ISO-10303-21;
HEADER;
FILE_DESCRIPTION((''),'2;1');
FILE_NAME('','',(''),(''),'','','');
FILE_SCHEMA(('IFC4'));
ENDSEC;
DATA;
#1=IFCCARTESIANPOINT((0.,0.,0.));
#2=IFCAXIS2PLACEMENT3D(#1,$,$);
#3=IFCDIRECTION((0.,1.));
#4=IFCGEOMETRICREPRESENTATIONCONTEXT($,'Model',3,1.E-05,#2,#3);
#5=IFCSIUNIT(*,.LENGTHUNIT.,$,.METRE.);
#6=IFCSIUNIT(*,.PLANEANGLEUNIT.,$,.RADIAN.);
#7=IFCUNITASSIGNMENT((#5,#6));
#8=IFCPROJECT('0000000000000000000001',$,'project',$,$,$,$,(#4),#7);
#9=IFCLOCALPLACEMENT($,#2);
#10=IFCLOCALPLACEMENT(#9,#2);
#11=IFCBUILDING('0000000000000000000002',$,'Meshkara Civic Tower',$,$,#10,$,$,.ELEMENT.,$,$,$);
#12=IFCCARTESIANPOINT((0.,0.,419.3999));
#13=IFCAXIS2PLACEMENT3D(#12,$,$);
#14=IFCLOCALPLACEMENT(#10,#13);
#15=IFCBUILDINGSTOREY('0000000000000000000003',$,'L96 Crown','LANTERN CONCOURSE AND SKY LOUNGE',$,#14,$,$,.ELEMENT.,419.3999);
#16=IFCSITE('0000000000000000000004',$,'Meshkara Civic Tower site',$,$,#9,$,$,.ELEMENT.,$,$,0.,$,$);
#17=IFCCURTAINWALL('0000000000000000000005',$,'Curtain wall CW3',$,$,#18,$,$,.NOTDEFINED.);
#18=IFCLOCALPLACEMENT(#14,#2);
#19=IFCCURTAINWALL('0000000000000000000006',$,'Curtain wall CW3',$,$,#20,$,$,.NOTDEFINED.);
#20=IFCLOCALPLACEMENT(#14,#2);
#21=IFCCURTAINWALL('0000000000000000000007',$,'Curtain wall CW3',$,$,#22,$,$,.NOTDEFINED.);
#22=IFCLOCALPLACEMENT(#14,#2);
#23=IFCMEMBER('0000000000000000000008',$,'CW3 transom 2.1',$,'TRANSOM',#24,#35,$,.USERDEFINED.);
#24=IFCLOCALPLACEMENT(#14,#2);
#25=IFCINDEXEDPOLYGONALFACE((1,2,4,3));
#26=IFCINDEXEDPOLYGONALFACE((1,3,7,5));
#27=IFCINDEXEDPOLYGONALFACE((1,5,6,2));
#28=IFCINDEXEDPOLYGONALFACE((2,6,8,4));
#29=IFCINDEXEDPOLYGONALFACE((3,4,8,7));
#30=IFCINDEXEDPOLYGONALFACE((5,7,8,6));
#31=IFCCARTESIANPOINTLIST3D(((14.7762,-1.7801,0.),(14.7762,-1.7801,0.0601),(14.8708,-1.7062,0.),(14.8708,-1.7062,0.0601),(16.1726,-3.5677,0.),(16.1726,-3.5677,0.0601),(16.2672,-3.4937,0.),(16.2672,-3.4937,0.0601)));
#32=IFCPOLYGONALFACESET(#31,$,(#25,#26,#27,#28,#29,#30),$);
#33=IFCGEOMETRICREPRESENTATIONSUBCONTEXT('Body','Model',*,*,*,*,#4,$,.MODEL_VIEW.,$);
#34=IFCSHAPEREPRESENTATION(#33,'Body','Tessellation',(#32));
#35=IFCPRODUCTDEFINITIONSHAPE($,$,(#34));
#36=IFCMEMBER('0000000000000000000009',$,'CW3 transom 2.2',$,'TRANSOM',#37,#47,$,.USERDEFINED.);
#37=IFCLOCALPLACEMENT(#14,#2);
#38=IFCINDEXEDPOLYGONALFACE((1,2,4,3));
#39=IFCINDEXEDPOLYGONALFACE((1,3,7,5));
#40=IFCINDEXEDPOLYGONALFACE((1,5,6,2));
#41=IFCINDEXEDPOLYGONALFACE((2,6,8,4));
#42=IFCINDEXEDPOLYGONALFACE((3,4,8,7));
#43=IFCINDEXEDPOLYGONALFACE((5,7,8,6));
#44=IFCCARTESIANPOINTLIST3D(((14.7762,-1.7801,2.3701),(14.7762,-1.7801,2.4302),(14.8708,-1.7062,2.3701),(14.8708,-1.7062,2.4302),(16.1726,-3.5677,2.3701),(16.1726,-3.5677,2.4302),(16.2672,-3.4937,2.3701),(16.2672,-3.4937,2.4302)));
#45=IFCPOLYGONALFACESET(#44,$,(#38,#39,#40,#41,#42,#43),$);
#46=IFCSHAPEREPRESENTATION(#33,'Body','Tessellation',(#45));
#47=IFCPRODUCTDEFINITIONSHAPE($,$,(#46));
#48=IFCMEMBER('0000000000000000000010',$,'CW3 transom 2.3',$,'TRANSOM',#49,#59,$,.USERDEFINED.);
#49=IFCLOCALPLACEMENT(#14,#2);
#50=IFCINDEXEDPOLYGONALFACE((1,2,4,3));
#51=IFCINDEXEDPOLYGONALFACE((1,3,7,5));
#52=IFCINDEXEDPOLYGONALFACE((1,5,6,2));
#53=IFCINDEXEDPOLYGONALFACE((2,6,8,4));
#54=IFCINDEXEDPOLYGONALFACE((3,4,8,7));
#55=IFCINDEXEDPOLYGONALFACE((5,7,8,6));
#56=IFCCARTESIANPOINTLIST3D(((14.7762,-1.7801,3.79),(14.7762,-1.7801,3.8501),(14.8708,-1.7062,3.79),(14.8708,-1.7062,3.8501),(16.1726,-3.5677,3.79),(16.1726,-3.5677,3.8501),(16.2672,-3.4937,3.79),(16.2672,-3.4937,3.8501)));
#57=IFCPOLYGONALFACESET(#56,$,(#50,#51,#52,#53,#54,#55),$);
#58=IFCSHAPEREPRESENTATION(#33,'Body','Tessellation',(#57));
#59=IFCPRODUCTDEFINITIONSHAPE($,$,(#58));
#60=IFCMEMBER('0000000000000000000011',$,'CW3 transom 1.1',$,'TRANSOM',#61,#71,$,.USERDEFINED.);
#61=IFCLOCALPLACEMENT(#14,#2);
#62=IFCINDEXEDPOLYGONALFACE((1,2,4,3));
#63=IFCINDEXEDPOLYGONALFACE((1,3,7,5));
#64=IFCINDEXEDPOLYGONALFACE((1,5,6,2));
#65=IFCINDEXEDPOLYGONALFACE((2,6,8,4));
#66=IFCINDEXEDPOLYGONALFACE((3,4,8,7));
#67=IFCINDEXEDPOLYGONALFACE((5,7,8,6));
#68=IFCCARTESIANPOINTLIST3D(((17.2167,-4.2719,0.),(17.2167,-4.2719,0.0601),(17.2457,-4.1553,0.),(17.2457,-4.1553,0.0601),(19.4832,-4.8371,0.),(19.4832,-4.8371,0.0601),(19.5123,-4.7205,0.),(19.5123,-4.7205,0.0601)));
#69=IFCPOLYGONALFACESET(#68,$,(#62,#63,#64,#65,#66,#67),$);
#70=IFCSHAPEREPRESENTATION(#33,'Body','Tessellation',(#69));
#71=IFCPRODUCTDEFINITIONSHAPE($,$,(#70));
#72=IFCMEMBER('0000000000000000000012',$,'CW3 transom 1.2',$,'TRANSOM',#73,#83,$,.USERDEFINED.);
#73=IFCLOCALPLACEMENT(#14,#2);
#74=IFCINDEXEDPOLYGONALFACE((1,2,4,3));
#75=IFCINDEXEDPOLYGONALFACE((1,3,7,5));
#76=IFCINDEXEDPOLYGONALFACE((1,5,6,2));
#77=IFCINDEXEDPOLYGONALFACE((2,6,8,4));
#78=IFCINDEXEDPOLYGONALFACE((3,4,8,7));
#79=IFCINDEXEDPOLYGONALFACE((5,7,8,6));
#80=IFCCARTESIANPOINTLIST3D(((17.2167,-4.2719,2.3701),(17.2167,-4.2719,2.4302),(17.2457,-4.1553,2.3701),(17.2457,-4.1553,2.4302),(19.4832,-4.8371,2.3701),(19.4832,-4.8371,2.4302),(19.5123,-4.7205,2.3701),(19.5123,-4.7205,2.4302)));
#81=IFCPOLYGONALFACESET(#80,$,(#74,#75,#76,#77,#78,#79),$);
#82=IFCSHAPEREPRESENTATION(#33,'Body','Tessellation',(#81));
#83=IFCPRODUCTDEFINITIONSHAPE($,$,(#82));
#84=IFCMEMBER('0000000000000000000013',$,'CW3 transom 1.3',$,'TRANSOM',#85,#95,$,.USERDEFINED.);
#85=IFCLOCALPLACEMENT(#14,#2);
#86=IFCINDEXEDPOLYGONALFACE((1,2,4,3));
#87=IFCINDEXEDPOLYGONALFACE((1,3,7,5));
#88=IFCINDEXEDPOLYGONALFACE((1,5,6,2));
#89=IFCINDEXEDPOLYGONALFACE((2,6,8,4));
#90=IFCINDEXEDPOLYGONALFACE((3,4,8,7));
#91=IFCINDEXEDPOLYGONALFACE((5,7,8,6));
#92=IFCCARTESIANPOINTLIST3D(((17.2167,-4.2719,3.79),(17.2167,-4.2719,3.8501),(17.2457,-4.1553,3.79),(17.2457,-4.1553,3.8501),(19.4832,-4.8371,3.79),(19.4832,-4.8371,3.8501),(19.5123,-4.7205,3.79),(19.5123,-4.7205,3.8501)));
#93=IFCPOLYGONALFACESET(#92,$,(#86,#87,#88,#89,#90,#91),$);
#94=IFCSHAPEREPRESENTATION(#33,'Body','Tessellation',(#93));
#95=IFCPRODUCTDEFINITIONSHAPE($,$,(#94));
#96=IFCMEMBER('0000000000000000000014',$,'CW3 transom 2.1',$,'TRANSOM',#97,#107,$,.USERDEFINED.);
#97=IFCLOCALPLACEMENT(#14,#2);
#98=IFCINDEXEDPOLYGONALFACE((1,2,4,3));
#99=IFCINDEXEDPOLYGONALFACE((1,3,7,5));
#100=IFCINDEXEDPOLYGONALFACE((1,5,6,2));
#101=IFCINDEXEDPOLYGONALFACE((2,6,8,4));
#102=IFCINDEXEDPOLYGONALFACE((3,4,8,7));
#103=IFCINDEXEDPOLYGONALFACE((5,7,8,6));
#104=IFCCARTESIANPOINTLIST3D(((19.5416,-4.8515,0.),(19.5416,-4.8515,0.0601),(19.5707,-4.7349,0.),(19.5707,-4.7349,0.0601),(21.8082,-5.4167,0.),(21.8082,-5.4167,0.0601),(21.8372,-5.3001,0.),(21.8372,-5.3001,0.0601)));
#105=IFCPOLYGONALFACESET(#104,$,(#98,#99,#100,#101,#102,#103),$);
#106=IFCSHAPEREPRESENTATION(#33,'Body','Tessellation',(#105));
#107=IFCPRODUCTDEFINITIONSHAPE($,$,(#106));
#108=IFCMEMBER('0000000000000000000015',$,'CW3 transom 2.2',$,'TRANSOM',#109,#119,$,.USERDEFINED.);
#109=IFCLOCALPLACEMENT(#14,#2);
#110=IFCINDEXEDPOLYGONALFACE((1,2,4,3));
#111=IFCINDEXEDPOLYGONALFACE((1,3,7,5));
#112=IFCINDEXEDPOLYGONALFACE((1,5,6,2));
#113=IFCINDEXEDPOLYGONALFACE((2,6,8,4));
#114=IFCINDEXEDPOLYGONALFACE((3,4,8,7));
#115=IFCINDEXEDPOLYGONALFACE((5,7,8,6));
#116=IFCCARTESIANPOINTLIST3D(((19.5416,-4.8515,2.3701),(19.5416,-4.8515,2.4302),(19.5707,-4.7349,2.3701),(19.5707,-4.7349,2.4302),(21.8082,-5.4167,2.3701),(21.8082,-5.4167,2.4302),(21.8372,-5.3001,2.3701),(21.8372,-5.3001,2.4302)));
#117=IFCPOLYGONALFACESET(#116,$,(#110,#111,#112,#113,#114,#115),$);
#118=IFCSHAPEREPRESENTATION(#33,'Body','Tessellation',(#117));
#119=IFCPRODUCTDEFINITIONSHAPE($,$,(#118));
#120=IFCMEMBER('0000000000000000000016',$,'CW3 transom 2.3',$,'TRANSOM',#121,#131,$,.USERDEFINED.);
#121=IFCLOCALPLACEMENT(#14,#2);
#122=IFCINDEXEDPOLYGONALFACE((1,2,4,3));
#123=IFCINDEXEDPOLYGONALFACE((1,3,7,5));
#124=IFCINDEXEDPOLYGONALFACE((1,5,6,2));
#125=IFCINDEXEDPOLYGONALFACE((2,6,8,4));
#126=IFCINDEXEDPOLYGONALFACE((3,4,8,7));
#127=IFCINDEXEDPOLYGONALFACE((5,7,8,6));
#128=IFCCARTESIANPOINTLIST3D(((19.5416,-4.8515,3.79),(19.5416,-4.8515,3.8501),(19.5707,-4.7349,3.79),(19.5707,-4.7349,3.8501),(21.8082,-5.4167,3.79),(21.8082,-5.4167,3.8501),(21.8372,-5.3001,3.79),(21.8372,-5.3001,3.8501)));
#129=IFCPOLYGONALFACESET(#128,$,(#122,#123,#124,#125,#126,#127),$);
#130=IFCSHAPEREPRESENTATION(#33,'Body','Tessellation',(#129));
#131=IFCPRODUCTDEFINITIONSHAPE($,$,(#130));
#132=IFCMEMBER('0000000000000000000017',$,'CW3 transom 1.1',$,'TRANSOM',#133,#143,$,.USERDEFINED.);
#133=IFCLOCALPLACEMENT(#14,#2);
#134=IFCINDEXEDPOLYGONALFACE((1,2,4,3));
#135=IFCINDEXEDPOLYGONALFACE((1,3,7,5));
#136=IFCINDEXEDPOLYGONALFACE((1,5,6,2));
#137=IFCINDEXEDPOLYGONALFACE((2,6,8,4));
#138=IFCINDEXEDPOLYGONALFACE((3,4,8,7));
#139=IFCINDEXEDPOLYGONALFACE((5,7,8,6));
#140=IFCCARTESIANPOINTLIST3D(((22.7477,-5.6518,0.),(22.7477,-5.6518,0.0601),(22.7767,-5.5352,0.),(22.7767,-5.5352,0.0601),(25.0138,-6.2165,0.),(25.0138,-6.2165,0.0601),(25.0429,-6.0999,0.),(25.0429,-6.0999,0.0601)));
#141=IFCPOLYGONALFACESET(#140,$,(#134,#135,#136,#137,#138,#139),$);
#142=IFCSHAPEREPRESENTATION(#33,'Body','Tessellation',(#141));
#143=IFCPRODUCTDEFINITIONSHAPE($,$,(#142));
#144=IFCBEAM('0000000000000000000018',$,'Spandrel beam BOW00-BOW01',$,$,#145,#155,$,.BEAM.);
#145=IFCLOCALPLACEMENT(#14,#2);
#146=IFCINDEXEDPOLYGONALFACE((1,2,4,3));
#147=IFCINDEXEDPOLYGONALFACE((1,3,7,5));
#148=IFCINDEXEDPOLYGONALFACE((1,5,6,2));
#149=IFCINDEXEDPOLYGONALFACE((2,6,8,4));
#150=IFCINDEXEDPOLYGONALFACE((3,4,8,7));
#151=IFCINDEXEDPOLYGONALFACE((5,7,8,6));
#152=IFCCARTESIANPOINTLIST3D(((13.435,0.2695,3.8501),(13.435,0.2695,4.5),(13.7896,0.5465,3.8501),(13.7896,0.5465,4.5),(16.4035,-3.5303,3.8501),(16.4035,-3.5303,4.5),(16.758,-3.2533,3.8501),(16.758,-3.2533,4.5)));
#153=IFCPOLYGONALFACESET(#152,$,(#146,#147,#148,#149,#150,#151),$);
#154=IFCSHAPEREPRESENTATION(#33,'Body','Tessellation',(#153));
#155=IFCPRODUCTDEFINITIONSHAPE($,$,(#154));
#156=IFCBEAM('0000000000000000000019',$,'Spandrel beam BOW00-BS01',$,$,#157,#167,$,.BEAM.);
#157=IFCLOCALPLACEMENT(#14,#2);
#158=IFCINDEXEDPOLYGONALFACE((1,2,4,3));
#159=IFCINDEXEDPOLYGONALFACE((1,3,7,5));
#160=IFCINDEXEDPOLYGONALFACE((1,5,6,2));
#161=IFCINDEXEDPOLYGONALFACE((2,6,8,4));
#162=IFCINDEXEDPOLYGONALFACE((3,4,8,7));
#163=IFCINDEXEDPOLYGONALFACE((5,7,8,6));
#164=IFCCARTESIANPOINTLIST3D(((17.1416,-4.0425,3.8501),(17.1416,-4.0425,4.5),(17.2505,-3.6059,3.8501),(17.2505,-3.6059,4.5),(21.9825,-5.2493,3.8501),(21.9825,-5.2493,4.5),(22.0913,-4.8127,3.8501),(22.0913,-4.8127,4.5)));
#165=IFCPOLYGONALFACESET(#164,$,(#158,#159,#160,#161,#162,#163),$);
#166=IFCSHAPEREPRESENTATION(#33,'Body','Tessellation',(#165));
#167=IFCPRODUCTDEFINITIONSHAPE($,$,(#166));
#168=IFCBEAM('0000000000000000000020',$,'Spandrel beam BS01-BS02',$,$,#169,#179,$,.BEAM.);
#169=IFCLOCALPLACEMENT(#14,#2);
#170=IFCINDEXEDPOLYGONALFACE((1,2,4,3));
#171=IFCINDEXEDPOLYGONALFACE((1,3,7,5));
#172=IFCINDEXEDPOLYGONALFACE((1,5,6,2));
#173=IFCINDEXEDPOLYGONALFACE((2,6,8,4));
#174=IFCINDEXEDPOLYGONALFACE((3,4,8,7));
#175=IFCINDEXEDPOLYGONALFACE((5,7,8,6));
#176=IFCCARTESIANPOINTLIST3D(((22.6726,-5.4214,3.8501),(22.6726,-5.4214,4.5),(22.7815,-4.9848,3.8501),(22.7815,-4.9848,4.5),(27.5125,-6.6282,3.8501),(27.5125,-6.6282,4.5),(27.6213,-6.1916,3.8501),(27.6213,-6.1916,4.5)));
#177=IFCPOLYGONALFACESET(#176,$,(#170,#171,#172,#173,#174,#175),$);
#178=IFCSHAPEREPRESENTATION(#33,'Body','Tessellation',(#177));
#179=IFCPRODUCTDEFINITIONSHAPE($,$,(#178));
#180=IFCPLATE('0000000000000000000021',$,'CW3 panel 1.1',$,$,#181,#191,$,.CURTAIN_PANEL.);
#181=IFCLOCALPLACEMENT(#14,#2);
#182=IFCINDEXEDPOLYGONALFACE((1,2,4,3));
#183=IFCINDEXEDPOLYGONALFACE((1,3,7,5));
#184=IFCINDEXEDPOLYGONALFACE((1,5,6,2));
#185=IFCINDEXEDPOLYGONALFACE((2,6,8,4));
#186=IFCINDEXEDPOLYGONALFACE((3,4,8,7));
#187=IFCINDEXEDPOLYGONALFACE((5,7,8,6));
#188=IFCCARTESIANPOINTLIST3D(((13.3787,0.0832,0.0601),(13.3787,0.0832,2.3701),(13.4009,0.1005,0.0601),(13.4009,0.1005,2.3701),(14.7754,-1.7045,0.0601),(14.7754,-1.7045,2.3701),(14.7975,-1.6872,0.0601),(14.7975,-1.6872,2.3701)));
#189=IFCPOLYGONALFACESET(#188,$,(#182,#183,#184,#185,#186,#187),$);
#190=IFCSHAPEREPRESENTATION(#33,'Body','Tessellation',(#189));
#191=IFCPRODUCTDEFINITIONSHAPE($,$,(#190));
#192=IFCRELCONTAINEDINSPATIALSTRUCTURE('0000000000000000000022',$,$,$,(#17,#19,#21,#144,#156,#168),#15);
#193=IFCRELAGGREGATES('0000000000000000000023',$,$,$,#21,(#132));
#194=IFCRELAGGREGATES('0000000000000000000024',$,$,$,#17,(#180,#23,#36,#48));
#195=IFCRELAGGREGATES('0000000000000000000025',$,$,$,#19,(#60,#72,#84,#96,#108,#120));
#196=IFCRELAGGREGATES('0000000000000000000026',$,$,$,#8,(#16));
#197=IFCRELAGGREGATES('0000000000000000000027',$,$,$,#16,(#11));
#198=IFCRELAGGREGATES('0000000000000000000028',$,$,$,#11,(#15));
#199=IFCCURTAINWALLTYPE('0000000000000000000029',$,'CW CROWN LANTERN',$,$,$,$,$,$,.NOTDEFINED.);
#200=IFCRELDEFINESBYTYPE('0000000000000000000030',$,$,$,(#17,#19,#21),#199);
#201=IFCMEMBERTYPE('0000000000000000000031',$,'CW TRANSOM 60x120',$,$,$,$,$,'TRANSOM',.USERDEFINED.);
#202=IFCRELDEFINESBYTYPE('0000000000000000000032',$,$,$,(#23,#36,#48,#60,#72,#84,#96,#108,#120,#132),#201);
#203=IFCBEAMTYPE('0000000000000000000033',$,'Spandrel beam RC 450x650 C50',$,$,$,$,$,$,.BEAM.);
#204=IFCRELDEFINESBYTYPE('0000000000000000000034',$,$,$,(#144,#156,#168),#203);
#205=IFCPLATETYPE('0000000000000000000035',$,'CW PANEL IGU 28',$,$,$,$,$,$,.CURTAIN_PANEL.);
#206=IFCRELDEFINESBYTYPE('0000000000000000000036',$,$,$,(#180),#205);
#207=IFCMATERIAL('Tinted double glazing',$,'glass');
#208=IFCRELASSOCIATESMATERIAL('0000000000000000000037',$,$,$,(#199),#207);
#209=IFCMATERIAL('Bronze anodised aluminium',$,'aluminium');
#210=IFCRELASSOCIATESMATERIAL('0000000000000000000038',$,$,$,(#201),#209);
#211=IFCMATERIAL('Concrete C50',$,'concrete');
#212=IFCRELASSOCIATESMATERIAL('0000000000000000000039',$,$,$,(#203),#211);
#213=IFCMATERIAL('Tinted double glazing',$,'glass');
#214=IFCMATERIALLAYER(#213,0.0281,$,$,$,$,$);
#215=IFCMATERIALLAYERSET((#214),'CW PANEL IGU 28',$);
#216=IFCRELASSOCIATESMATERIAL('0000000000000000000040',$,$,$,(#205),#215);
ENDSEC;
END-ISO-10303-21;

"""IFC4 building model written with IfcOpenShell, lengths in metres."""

from ifc_helpers import new_model, si_unit, direction, frame, origin, origin_2d, place, context, subcontext, project, spatial, rectangle, extrude, material, layer, layer_set, material_profile, profile_set, type_object, element, aggregate, save


model = new_model("IFC4")

# Units and contexts
model_context = context("Model", 3, precision=1e-05, world=origin(), true_north=direction((0.0, 1.0)))
body_context = subcontext(model_context, "Body", "Model", "MODEL_VIEW")
ifc_project = project(units=[si_unit("LENGTHUNIT", "METRE"), si_unit("PLANEANGLEUNIT", "RADIAN")], contexts=[model_context])

# Site, building, storey
site_placement = place(None, origin())
site = spatial("IfcSite", under=ifc_project, at=site_placement, Name="Meshkara Civic Tower site", CompositionType="ELEMENT", RefElevation=0.0)
building_placement = place(site_placement, origin())
building = spatial("IfcBuilding", under=site, at=building_placement, Name="Meshkara Civic Tower", CompositionType="ELEMENT")
storey_placement = place(building_placement, frame((0.0, 0.0, 419.3999)))
storey = spatial("IfcBuildingStorey", under=building, at=storey_placement, Name="L96 Crown", Description="LANTERN CONCOURSE AND SKY LOUNGE", CompositionType="ELEMENT", Elevation=419.3999)

# Curtain walls
ifc_material_1 = material(Name="Tinted double glazing", Category="glass")
curtain_wall_type = type_object("IfcCurtainWallType", Name="CW CROWN LANTERN", PredefinedType="NOTDEFINED", material=ifc_material_1)
curtain_wall_1_placement = place(storey_placement, origin())
curtain_wall_1 = element("IfcCurtainWall", 1, at=curtain_wall_1_placement, inside=storey, type_object=curtain_wall_type, Name="Curtain wall CW3", PredefinedType="NOTDEFINED")
curtain_wall_2_placement = place(storey_placement, origin())
curtain_wall_2 = element("IfcCurtainWall", 2, at=curtain_wall_2_placement, inside=storey, type_object=curtain_wall_type, Name="Curtain wall CW3", PredefinedType="NOTDEFINED")

# Curtain wall
curtain_wall_3_placement = place(storey_placement, origin())
curtain_wall_3 = element("IfcCurtainWall", 3, at=curtain_wall_3_placement, inside=storey, type_object=curtain_wall_type, Name="Curtain wall CW3", PredefinedType="NOTDEFINED")

# Members
ifc_material_2 = material(Name="Bronze anodised aluminium", Category="aluminium")
ifc_material_profile_1 = material_profile(ifc_material_2, rectangle(XDim=0.1201, YDim=0.0601, at=origin_2d()))
ifc_profile_set_1 = profile_set([ifc_material_profile_1], Name="Bronze anodised aluminium")
member_type_1 = type_object("IfcMemberType", Name="CW TRANSOM 60x120", ElementType="TRANSOM", PredefinedType="USERDEFINED", material=ifc_profile_set_1)
member_1_placement = place(storey_placement, frame((14.8235, -1.7432, 0.03), z_axis=(0.615623, -0.788041, 0.0), x_axis=(0.788041, 0.615623, 0.0)))
member_1 = element("IfcMember", 4, at=member_1_placement, type_object=member_type_1, Name="CW3 transom 2.1", ObjectType="TRANSOM", PredefinedType="USERDEFINED", context=body_context, shape_type="SweptSolid", body=[
    extrude(rectangle(XDim=0.1201, YDim=0.0601, at=origin_2d()), origin(), (0.0, 0.0, 1.0), 2.2683),
])
member_2_placement = place(storey_placement, frame((14.8235, -1.7432, 2.4001), z_axis=(0.615623, -0.788041, 0.0), x_axis=(0.788041, 0.615623, 0.0)))
member_2 = element("IfcMember", 5, at=member_2_placement, type_object=member_type_1, Name="CW3 transom 2.2", ObjectType="TRANSOM", PredefinedType="USERDEFINED", context=body_context, shape_type="SweptSolid", body=[
    extrude(rectangle(XDim=0.1201, YDim=0.0601, at=origin_2d()), origin(), (0.0, 0.0, 1.0), 2.2683),
])
member_3_placement = place(storey_placement, frame((14.8235, -1.7432, 3.8201), z_axis=(0.615623, -0.788041, 0.0), x_axis=(0.788041, 0.615623, 0.0)))
member_3 = element("IfcMember", 6, at=member_3_placement, type_object=member_type_1, Name="CW3 transom 2.3", ObjectType="TRANSOM", PredefinedType="USERDEFINED", context=body_context, shape_type="SweptSolid", body=[
    extrude(rectangle(XDim=0.1201, YDim=0.0601, at=origin_2d()), origin(), (0.0, 0.0, 1.0), 2.2683),
])
member_4_placement = place(storey_placement, frame((17.2312, -4.2136, 0.03), z_axis=(0.97029, -0.241945, 0.0), x_axis=(0.241945, 0.97029, 0.0)))
member_4 = element("IfcMember", 7, at=member_4_placement, type_object=member_type_1, Name="CW3 transom 1.1", ObjectType="TRANSOM", PredefinedType="USERDEFINED", context=body_context, shape_type="SweptSolid", body=[
    extrude(rectangle(XDim=0.1201, YDim=0.0601, at=origin_2d()), origin(), (0.0, 0.0, 1.0), 2.3359),
])
member_5_placement = place(storey_placement, frame((17.2312, -4.2136, 2.4001), z_axis=(0.97029, -0.241945, 0.0), x_axis=(0.241945, 0.97029, 0.0)))
member_5 = element("IfcMember", 8, at=member_5_placement, type_object=member_type_1, Name="CW3 transom 1.2", ObjectType="TRANSOM", PredefinedType="USERDEFINED", context=body_context, shape_type="SweptSolid", body=[
    extrude(rectangle(XDim=0.1201, YDim=0.0601, at=origin_2d()), origin(), (0.0, 0.0, 1.0), 2.3359),
])
member_6_placement = place(storey_placement, frame((17.2312, -4.2136, 3.8201), z_axis=(0.97029, -0.241945, 0.0), x_axis=(0.241945, 0.97029, 0.0)))
member_6 = element("IfcMember", 9, at=member_6_placement, type_object=member_type_1, Name="CW3 transom 1.3", ObjectType="TRANSOM", PredefinedType="USERDEFINED", context=body_context, shape_type="SweptSolid", body=[
    extrude(rectangle(XDim=0.1201, YDim=0.0601, at=origin_2d()), origin(), (0.0, 0.0, 1.0), 2.3359),
])
member_7_placement = place(storey_placement, frame((19.5562, -4.7932, 0.03), z_axis=(0.97029, -0.241945, 0.0), x_axis=(0.241945, 0.97029, 0.0)))
member_7 = element("IfcMember", 10, at=member_7_placement, type_object=member_type_1, Name="CW3 transom 2.1", ObjectType="TRANSOM", PredefinedType="USERDEFINED", context=body_context, shape_type="SweptSolid", body=[
    extrude(rectangle(XDim=0.1201, YDim=0.0601, at=origin_2d()), origin(), (0.0, 0.0, 1.0), 2.3359),
])
member_8_placement = place(storey_placement, frame((19.5562, -4.7932, 2.4001), z_axis=(0.97029, -0.241945, 0.0), x_axis=(0.241945, 0.97029, 0.0)))
member_8 = element("IfcMember", 11, at=member_8_placement, type_object=member_type_1, Name="CW3 transom 2.2", ObjectType="TRANSOM", PredefinedType="USERDEFINED", context=body_context, shape_type="SweptSolid", body=[
    extrude(rectangle(XDim=0.1201, YDim=0.0601, at=origin_2d()), origin(), (0.0, 0.0, 1.0), 2.3359),
])
member_9_placement = place(storey_placement, frame((19.5562, -4.7932, 3.8201), z_axis=(0.97029, -0.241945, 0.0), x_axis=(0.241945, 0.97029, 0.0)))
member_9 = element("IfcMember", 12, at=member_9_placement, type_object=member_type_1, Name="CW3 transom 2.3", ObjectType="TRANSOM", PredefinedType="USERDEFINED", context=body_context, shape_type="SweptSolid", body=[
    extrude(rectangle(XDim=0.1201, YDim=0.0601, at=origin_2d()), origin(), (0.0, 0.0, 1.0), 2.3359),
])
member_10_placement = place(storey_placement, frame((22.7622, -5.5935, 0.03), z_axis=(0.970327, -0.241798, 0.0), x_axis=(0.241798, 0.970327, 0.0)))
member_10 = element("IfcMember", 13, at=member_10_placement, type_object=member_type_1, Name="CW3 transom 1.1", ObjectType="TRANSOM", PredefinedType="USERDEFINED", context=body_context, shape_type="SweptSolid", body=[
    extrude(rectangle(XDim=0.1201, YDim=0.0601, at=origin_2d()), origin(), (0.0, 0.0, 1.0), 2.3354),
])
aggregate(curtain_wall_3, [member_10])

# Beams
ifc_material_3 = material(Name="Concrete C50", Category="concrete")
ifc_material_profile_2 = material_profile(ifc_material_3, rectangle(XDim=0.45, YDim=0.6499, at=origin_2d()))
ifc_profile_set_2 = profile_set([ifc_material_profile_2], Name="Concrete C50")
beam_type = type_object("IfcBeamType", Name="Spandrel beam RC 450x650 C50", PredefinedType="BEAM", material=ifc_profile_set_2)
beam_1_placement = place(storey_placement, frame((13.6123, 0.408, 4.175), z_axis=(0.615632, -0.788034, 0.0), x_axis=(0.788034, 0.615632, 0.0)))
element("IfcBeam", 14, at=beam_1_placement, inside=storey, type_object=beam_type, Name="Spandrel beam BOW00-BOW01", PredefinedType="BEAM", context=body_context, shape_type="SweptSolid", body=[
    extrude(rectangle(XDim=0.45, YDim=0.6499, at=origin_2d()), origin(), (0.0, 0.0, 1.0), 4.8218),
])
beam_2_placement = place(storey_placement, frame((17.196, -3.8242, 4.175), z_axis=(0.970303, -0.241891, 0.0), x_axis=(0.241891, 0.970303, 0.0)))
element("IfcBeam", 15, at=beam_2_placement, inside=storey, type_object=beam_type, Name="Spandrel beam BOW00-BS01", PredefinedType="BEAM", context=body_context, shape_type="SweptSolid", body=[
    extrude(rectangle(XDim=0.45, YDim=0.6499, at=origin_2d()), origin(), (0.0, 0.0, 1.0), 4.989),
])
beam_3_placement = place(storey_placement, frame((22.7271, -5.2031, 4.175), z_axis=(0.970292, -0.241937, 0.0), x_axis=(0.241937, 0.970292, 0.0)))
element("IfcBeam", 16, at=beam_3_placement, inside=storey, type_object=beam_type, Name="Spandrel beam BS01-BS02", PredefinedType="BEAM", context=body_context, shape_type="SweptSolid", body=[
    extrude(rectangle(XDim=0.45, YDim=0.6499, at=origin_2d()), origin(), (0.0, 0.0, 1.0), 4.988),
])

# Plate
ifc_material_4 = material(Name="Tinted double glazing", Category="glass")
ifc_layer_1 = layer(ifc_material_4, 0.0281)
ifc_layer_set_1 = layer_set([ifc_layer_1], Name="CW PANEL IGU 28")
plate_type = type_object("IfcPlateType", Name="CW PANEL IGU 28", PredefinedType="CURTAIN_PANEL", material=ifc_layer_set_1)
plate_1_placement = place(storey_placement, frame((14.0881, -0.802, 0.0601), z_axis=(0.0, 0.0, 1.0), x_axis=(0.615656, -0.788015, 0.0)))
plate_1 = element("IfcPlate", 17, at=plate_1_placement, type_object=plate_type, Name="CW3 panel 1.1", PredefinedType="CURTAIN_PANEL", context=body_context, shape_type="SweptSolid", body=[
    extrude(rectangle(XDim=2.2686, YDim=0.0281, at=origin_2d()), origin(), (0.0, 0.0, 1.0), 2.3101),
])
aggregate(curtain_wall_1, [plate_1, member_1, member_2, member_3])
aggregate(curtain_wall_2, [member_4, member_5, member_6, member_7, member_8, member_9])

save(model, "model.ifc")
